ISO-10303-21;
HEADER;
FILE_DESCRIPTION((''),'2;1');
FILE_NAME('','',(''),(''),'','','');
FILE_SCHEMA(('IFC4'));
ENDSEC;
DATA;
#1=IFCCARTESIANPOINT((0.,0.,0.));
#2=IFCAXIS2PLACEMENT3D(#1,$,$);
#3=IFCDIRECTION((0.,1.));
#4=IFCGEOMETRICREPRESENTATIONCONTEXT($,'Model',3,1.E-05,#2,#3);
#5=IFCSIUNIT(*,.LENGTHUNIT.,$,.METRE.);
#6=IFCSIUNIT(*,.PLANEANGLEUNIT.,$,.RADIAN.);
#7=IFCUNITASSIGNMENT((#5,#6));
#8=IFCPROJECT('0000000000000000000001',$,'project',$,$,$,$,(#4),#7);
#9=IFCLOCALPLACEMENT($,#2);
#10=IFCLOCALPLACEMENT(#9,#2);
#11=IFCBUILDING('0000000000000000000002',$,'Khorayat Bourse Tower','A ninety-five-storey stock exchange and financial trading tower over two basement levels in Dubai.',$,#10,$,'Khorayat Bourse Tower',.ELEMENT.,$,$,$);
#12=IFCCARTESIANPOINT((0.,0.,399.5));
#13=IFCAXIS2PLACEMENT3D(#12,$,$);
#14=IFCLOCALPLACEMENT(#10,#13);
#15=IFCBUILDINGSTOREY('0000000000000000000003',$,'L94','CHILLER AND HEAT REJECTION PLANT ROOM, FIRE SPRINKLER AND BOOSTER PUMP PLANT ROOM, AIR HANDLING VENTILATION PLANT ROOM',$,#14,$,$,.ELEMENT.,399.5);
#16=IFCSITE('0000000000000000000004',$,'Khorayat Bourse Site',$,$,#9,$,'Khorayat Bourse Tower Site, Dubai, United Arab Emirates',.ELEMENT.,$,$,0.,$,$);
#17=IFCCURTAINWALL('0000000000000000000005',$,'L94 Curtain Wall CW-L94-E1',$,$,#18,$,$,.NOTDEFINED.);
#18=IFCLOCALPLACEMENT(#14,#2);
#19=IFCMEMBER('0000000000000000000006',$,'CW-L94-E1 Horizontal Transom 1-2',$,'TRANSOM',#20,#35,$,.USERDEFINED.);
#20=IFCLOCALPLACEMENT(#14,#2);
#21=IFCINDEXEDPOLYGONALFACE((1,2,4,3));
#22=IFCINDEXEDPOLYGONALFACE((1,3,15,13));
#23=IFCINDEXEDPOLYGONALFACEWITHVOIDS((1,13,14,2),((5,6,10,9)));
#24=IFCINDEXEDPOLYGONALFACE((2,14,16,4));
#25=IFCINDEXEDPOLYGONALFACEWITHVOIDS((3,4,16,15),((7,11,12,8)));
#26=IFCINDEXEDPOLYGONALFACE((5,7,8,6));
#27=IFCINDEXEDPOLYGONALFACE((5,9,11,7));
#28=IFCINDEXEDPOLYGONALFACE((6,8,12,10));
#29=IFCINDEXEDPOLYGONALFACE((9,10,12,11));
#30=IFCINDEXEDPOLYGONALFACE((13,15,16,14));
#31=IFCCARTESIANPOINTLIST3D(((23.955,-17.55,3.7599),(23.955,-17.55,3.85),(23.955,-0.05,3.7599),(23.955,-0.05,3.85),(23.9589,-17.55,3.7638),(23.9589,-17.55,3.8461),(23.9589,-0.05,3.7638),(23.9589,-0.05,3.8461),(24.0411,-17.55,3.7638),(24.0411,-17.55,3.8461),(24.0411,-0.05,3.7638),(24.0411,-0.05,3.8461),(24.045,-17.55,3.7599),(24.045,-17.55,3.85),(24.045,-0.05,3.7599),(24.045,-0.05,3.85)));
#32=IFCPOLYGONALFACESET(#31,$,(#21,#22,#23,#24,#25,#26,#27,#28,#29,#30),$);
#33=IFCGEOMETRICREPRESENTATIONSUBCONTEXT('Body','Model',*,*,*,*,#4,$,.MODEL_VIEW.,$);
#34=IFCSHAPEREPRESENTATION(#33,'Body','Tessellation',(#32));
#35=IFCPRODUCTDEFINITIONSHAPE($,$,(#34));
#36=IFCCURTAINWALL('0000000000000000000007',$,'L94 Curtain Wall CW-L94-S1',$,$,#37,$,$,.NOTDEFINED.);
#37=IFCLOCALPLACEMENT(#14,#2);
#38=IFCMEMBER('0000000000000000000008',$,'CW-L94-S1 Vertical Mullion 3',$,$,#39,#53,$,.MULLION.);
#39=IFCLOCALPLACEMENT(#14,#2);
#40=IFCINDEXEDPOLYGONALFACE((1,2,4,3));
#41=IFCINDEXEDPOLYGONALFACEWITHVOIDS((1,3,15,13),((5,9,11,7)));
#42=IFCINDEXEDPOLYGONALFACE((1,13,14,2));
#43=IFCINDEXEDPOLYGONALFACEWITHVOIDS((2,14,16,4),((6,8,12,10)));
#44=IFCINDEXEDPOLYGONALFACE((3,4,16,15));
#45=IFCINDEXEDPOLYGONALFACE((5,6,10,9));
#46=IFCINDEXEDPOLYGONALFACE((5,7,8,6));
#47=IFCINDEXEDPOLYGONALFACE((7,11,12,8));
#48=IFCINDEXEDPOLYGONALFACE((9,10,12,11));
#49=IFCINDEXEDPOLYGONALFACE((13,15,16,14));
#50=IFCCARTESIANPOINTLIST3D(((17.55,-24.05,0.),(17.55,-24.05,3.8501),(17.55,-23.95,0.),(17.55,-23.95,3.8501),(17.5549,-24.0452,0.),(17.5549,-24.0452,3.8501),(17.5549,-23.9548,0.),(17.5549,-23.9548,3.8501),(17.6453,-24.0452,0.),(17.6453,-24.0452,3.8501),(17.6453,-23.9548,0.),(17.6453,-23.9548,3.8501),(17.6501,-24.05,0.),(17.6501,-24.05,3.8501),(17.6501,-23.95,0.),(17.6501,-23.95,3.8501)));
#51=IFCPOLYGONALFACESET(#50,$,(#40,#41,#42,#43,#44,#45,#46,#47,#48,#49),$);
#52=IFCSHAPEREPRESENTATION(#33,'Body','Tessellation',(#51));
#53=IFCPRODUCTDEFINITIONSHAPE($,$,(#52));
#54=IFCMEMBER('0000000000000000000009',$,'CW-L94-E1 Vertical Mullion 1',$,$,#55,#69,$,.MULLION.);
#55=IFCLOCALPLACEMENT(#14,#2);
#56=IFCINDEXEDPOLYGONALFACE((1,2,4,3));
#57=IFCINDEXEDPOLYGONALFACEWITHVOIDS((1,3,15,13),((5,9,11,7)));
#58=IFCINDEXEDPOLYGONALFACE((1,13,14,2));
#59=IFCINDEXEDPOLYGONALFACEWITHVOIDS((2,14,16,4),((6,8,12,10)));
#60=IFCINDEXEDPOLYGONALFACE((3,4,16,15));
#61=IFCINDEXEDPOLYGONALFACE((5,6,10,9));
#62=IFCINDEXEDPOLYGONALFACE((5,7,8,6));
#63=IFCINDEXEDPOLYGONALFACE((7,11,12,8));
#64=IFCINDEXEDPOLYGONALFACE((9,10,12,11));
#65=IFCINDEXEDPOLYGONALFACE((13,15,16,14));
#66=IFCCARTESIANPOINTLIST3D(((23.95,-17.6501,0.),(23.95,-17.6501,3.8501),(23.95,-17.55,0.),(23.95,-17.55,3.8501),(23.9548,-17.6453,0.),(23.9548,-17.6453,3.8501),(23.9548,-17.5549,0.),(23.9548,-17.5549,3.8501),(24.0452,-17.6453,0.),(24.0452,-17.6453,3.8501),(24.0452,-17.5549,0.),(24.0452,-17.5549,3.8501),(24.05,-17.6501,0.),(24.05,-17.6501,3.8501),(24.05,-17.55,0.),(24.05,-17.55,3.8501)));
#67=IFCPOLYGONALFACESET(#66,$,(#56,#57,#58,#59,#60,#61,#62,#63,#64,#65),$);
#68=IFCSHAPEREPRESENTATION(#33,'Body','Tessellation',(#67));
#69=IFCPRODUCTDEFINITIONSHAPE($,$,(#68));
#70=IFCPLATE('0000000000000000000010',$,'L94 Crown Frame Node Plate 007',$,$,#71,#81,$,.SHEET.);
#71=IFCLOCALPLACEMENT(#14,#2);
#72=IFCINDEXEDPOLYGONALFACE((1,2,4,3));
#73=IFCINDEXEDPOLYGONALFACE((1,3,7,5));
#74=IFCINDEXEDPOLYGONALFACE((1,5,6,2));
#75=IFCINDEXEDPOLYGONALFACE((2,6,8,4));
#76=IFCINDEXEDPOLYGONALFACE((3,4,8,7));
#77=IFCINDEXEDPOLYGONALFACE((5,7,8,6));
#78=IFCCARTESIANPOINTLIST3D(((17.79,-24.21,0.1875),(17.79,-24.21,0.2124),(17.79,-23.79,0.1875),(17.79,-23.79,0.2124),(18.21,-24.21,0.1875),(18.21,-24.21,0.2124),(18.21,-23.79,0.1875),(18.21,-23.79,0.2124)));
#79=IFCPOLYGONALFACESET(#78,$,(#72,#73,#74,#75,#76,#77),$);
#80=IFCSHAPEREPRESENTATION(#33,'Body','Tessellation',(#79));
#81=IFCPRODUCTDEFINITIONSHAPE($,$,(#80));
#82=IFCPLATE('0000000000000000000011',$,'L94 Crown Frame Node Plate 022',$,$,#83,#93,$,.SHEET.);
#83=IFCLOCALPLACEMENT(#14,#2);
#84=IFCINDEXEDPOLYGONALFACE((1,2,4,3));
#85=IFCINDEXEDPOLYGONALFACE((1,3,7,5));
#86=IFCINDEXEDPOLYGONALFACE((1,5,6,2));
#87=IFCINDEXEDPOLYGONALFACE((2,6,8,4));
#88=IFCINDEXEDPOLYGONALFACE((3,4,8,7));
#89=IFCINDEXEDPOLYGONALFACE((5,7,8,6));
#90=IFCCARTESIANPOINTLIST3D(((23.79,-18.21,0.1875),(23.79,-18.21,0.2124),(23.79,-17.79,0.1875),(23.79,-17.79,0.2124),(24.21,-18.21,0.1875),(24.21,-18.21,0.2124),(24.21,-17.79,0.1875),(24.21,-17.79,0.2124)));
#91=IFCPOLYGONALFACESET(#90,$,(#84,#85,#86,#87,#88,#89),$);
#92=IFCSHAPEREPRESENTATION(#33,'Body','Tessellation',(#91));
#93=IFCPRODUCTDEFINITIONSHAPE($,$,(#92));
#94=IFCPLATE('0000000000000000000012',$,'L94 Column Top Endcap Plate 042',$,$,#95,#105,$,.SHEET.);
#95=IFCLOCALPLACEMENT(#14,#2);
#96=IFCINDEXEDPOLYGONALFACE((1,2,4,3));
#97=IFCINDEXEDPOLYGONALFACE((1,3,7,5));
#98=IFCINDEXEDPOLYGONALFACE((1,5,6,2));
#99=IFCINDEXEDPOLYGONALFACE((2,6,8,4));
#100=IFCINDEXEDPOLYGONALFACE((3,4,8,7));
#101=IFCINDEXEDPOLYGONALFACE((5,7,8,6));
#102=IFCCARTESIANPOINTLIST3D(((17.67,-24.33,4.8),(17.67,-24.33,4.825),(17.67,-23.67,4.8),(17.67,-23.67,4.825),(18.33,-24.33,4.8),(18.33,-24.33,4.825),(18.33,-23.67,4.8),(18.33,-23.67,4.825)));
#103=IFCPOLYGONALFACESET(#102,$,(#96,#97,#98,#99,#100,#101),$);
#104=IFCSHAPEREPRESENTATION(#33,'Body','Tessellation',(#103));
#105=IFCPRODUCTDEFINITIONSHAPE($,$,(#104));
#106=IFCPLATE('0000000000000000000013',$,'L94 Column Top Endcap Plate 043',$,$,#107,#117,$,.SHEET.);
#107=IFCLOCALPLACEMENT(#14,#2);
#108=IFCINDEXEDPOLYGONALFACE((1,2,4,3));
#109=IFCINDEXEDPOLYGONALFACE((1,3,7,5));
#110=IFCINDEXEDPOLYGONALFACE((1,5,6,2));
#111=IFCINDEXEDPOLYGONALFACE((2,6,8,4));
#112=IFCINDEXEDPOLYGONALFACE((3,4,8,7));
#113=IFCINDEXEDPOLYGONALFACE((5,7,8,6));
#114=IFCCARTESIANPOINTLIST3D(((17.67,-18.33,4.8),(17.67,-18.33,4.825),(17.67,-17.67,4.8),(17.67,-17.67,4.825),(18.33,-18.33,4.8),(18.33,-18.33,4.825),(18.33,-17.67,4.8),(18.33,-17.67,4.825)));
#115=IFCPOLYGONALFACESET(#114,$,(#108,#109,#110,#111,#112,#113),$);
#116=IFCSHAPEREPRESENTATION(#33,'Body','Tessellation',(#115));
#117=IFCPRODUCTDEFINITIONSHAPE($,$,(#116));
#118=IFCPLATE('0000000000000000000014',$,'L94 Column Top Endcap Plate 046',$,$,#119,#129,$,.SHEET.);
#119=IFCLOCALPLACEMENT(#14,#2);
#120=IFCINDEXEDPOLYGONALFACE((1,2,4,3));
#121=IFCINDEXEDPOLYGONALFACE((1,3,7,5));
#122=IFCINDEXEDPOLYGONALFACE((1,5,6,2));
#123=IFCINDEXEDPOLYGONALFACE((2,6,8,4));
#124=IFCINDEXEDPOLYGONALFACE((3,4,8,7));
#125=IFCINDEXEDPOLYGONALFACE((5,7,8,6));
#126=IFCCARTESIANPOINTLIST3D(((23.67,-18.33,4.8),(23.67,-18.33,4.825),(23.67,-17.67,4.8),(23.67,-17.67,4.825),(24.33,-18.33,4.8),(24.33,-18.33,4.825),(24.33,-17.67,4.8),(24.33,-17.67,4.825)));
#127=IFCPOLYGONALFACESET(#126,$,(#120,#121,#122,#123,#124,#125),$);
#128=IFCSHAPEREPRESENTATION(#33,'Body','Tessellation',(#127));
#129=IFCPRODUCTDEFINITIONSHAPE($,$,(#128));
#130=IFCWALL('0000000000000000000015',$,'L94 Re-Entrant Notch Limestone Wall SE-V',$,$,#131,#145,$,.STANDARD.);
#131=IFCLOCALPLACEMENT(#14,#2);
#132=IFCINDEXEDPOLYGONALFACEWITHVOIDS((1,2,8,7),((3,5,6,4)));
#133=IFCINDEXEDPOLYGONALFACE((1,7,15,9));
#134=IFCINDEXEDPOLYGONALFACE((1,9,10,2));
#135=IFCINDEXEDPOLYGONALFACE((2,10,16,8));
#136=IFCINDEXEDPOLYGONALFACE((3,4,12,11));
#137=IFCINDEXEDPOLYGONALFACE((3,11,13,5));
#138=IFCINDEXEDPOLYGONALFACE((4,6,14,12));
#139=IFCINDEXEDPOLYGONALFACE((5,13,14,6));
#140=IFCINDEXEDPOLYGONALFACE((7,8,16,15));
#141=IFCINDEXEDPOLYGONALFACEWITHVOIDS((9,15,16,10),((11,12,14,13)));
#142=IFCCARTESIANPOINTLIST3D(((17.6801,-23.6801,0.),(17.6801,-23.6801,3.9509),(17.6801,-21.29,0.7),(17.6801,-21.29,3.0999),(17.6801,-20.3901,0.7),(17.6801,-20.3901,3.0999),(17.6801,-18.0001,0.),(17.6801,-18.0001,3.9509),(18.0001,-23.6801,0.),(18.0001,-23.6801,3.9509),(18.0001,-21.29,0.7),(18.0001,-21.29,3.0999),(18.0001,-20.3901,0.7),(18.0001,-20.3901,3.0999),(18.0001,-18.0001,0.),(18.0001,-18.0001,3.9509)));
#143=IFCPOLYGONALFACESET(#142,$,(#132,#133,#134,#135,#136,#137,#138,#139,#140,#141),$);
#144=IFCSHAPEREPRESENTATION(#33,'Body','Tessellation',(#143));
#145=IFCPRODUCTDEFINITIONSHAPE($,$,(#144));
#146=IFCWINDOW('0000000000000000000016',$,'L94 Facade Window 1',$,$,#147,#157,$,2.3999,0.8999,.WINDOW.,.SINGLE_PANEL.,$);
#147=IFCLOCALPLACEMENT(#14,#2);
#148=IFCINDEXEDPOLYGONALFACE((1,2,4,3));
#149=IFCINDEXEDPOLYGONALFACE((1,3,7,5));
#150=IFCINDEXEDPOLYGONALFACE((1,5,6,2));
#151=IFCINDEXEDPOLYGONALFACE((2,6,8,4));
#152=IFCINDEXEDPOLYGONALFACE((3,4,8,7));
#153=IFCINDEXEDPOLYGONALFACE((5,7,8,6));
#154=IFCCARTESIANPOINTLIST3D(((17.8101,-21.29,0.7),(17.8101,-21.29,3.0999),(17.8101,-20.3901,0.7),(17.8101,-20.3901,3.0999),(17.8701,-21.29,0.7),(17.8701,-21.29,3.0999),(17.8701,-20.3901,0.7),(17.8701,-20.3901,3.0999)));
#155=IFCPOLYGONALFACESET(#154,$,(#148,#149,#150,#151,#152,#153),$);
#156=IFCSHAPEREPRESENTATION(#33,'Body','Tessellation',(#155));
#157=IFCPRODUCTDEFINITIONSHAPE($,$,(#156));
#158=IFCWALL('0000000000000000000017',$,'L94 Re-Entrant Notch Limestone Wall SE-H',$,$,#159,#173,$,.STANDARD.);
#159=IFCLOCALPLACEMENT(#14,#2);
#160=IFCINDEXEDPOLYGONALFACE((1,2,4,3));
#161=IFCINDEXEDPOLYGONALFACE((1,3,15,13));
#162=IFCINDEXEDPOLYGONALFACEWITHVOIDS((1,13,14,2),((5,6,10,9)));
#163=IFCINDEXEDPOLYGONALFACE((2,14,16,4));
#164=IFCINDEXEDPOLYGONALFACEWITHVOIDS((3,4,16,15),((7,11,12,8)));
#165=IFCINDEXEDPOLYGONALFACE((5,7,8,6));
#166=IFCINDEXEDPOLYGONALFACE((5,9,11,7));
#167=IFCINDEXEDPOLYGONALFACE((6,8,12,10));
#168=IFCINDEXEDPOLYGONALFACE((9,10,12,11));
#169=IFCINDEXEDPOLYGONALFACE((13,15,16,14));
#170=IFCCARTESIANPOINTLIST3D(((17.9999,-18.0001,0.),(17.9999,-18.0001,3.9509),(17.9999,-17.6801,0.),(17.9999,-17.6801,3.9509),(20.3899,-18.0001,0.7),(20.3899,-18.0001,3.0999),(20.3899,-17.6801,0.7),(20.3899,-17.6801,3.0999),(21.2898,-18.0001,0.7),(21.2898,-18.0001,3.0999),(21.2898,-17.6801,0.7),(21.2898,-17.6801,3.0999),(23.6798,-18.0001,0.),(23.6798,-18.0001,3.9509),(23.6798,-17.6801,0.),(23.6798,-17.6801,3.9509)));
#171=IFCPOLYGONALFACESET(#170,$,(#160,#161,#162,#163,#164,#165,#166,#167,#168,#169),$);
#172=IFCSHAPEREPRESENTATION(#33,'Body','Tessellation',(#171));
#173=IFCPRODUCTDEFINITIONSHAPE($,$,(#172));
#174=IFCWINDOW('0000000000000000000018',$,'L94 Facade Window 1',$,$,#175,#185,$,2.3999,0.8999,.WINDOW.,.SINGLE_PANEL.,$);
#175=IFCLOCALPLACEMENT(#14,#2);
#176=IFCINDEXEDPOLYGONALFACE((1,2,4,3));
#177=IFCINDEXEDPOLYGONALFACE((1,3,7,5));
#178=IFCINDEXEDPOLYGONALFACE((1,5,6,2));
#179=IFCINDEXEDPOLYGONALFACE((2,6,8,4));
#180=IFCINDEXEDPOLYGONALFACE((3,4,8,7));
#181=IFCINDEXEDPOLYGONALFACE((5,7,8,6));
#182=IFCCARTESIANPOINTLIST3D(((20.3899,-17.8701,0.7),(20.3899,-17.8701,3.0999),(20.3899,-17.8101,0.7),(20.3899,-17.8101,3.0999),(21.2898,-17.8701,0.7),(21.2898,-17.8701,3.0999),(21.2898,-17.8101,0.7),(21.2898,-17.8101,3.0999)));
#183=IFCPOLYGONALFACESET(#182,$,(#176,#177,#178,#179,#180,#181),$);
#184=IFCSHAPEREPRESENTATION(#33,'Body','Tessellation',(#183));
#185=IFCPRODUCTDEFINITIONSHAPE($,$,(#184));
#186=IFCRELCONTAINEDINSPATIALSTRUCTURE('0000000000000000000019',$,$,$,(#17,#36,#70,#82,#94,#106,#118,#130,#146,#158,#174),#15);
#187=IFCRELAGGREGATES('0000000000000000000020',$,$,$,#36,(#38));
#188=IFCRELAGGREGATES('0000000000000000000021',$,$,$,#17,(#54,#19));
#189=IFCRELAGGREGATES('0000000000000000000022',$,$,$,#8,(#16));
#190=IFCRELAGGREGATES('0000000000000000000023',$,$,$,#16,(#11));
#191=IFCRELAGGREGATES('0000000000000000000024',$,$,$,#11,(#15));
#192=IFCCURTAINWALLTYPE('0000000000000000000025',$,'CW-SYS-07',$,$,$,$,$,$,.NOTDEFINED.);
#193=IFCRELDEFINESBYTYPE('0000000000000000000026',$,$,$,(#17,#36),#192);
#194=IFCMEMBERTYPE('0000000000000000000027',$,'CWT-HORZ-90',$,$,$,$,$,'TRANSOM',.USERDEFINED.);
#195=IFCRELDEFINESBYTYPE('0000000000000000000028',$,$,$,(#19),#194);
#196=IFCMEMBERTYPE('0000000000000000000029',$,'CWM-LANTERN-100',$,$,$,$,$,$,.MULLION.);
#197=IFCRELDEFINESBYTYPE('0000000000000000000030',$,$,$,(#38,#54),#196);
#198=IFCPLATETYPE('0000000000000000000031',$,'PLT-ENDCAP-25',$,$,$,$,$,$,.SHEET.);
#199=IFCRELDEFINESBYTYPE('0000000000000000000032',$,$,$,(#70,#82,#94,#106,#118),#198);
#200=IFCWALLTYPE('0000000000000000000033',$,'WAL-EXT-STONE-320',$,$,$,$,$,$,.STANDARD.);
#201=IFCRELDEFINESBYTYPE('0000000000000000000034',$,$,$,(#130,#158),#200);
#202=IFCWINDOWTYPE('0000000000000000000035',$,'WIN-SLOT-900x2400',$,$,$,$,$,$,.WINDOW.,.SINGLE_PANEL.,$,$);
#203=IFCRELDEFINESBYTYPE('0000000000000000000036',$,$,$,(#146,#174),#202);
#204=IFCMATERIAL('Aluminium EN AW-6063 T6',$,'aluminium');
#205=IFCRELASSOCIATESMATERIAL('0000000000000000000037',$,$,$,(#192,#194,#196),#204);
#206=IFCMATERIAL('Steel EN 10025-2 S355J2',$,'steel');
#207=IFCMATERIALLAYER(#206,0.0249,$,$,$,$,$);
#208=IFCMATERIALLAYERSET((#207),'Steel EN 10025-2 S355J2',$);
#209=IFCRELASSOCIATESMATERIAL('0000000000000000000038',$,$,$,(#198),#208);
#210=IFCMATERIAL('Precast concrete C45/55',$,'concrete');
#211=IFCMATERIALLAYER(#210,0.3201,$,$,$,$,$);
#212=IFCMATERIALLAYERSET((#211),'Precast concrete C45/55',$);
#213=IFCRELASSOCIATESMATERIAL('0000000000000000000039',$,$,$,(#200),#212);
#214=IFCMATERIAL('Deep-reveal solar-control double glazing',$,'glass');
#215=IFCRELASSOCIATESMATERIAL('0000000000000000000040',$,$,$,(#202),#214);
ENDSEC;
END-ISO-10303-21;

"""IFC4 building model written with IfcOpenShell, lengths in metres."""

from ifc_helpers import new_model, si_unit, direction, frame, frame_2d, origin, origin_2d, place, context, subcontext, project, spatial, rectangle, hollow_rectangle, extrude, source, transform, mapped, material, layer, layer_set, material_profile, profile_set, type_object, element, fill, aggregate, save


model = new_model("IFC4")

# Units and contexts
model_context = context("Model", 3, precision=1e-05, world=origin(), true_north=direction((0.0, 1.0)))
body_context = subcontext(model_context, "Body", "Model", "MODEL_VIEW")
ifc_project = project(units=[si_unit("LENGTHUNIT", "METRE"), si_unit("PLANEANGLEUNIT", "RADIAN")], contexts=[model_context])

# Site, building, storey
site_placement = place(None, origin())
site = spatial("IfcSite", under=ifc_project, at=site_placement, Name="Khorayat Bourse Site", LongName="Khorayat Bourse Tower Site, Dubai, United Arab Emirates", CompositionType="ELEMENT", RefElevation=0.0)
building_placement = place(site_placement, origin())
building = spatial("IfcBuilding", under=site, at=building_placement, Name="Khorayat Bourse Tower", Description="A ninety-five-storey stock exchange and financial trading tower over two basement levels in Dubai.", LongName="Khorayat Bourse Tower", CompositionType="ELEMENT")
storey_placement = place(building_placement, frame((0.0, 0.0, 399.5)))
storey = spatial("IfcBuildingStorey", under=building, at=storey_placement, Name="L94", Description="CHILLER AND HEAT REJECTION PLANT ROOM, FIRE SPRINKLER AND BOOSTER PUMP PLANT ROOM, AIR HANDLING VENTILATION PLANT ROOM", CompositionType="ELEMENT", Elevation=399.5)

# Shared definitions
ifc_material_1 = material(Name="Steel EN 10025-2 S355J2", Category="steel")

# Curtain wall, member
ifc_material_2 = material(Name="Aluminium EN AW-6063 T6", Category="aluminium")
curtain_wall_type = type_object("IfcCurtainWallType", Name="CW-SYS-07", PredefinedType="NOTDEFINED", material=ifc_material_2)
curtain_wall_1_placement = place(storey_placement, origin())
curtain_wall_1 = element("IfcCurtainWall", 1, at=curtain_wall_1_placement, inside=storey, type_object=curtain_wall_type, Name="L94 Curtain Wall CW-L94-E1", PredefinedType="NOTDEFINED")
ifc_material_profile_1 = material_profile(ifc_material_2, hollow_rectangle(XDim=0.0901, YDim=0.0901, WallThickness=0.0039, at=origin_2d()), Name="ALU 90x90x4")
ifc_profile_set_1 = profile_set([ifc_material_profile_1], Name="Aluminium EN AW-6063 T6")
member_type_1 = type_object("IfcMemberType", Name="CWT-HORZ-90", ElementType="TRANSOM", PredefinedType="USERDEFINED", material=ifc_profile_set_1)
shared_shape_1 = source(origin(), body_context, "Body", "SweptSolid", [
    extrude(hollow_rectangle(XDim=0.0901, YDim=0.0901, WallThickness=0.0039, at=origin_2d()), origin(), (0.0, 0.0, 1.0), 17.5),
])
member_1_placement = place(storey_placement, frame((24.0, -17.55, 3.8049), z_axis=(0.0, 1.0, 0.0), x_axis=(-1.0, 0.0, 0.0)))
member_1 = element("IfcMember", 2, at=member_1_placement, type_object=member_type_1, Name="CW-L94-E1 Horizontal Transom 1-2", ObjectType="TRANSOM", PredefinedType="USERDEFINED", context=body_context, shape_type="MappedRepresentation", body=[
    mapped(shared_shape_1, transform((0.0, 0.0, 0.0), scale=1.0)),
])

# Curtain wall, member
curtain_wall_2_placement = place(storey_placement, origin())
curtain_wall_2 = element("IfcCurtainWall", 3, at=curtain_wall_2_placement, inside=storey, type_object=curtain_wall_type, Name="L94 Curtain Wall CW-L94-S1", PredefinedType="NOTDEFINED")
ifc_material_profile_2 = material_profile(ifc_material_2, hollow_rectangle(XDim=0.1001, YDim=0.1001, WallThickness=0.0049, at=origin_2d()), Name="ALU 100x100x5")
ifc_profile_set_2 = profile_set([ifc_material_profile_2], Name="Aluminium EN AW-6063 T6")
member_type_2 = type_object("IfcMemberType", Name="CWM-LANTERN-100", PredefinedType="MULLION", material=ifc_profile_set_2)
shared_shape_2 = source(origin(), body_context, "Body", "SweptSolid", [
    extrude(hollow_rectangle(XDim=0.1001, YDim=0.1001, WallThickness=0.0049, at=origin_2d()), origin(), (0.0, 0.0, 1.0), 3.8501),
])
member_2_placement = place(storey_placement, frame((17.6001, -24.0, 0.0), z_axis=(0.0, 0.0, 1.0), x_axis=(0.0, 1.0, 0.0)))
member_2 = element("IfcMember", 4, at=member_2_placement, type_object=member_type_2, Name="CW-L94-S1 Vertical Mullion 3", PredefinedType="MULLION", context=body_context, shape_type="MappedRepresentation", body=[
    mapped(shared_shape_2, transform((0.0, 0.0, 0.0), scale=1.0)),
])
aggregate(curtain_wall_2, [member_2])

# Member
member_3_placement = place(storey_placement, frame((24.0, -17.6001, 0.0), z_axis=(0.0, 0.0, 1.0), x_axis=(-1.0, 0.0, 0.0)))
member_3 = element("IfcMember", 5, at=member_3_placement, type_object=member_type_2, Name="CW-L94-E1 Vertical Mullion 1", PredefinedType="MULLION", context=body_context, shape_type="MappedRepresentation", body=[
    mapped(shared_shape_2, transform((0.0, 0.0, 0.0), scale=1.0)),
])
aggregate(curtain_wall_1, [member_3, member_1])

# Plates
ifc_layer_1 = layer(ifc_material_1, 0.0249)
ifc_layer_set_1 = layer_set([ifc_layer_1], Name="Steel EN 10025-2 S355J2")
plate_type = type_object("IfcPlateType", Name="PLT-ENDCAP-25", PredefinedType="SHEET", material=ifc_layer_set_1)
shared_shape_3 = source(origin(), body_context, "Body", "SweptSolid", [
    extrude(rectangle(XDim=0.4199, YDim=0.4199, at=origin_2d()), origin(), (0.0, 0.0, 1.0), 0.0249),
])
for number, where, z_axis, x_axis, name in (
    (6, (18.0, -24.0, 0.1875), (0.0, 0.0, 1.0), (1.0, 0.0, 0.0), "L94 Crown Frame Node Plate 007"),
    (7, (24.0, -18.0, 0.1875), (0.0, 0.0, 1.0), (1.0, 0.0, 0.0), "L94 Crown Frame Node Plate 022"),
):
    element("IfcPlate", number, at=place(storey_placement, frame(where, z_axis=z_axis, x_axis=x_axis)), inside=storey, type_object=plate_type, Name=name, PredefinedType="SHEET", context=body_context, shape_type="MappedRepresentation", body=[
        mapped(shared_shape_3, transform((0.0, 0.0, 0.0), scale=1.0)),
    ])
shared_shape_4 = source(origin(), body_context, "Body", "SweptSolid", [
    extrude(rectangle(XDim=0.6599, YDim=0.6599, at=origin_2d()), origin(), (0.0, 0.0, 1.0), 0.0249),
])
for number, where, z_axis, x_axis, name in (
    (8, (18.0, -24.0, 4.8), (0.0, 0.0, 1.0), (1.0, 0.0, 0.0), "L94 Column Top Endcap Plate 042"),
    (9, (18.0, -18.0, 4.8), (0.0, 0.0, 1.0), (1.0, 0.0, 0.0), "L94 Column Top Endcap Plate 043"),
    (10, (24.0, -18.0, 4.8), (0.0, 0.0, 1.0), (1.0, 0.0, 0.0), "L94 Column Top Endcap Plate 046"),
):
    element("IfcPlate", number, at=place(storey_placement, frame(where, z_axis=z_axis, x_axis=x_axis)), inside=storey, type_object=plate_type, Name=name, PredefinedType="SHEET", context=body_context, shape_type="MappedRepresentation", body=[
        mapped(shared_shape_4, transform((0.0, 0.0, 0.0), scale=1.0)),
    ])

# Walls, openings, windows
ifc_material_3 = material(Name="Precast concrete C45/55", Category="concrete")
ifc_layer_2 = layer(ifc_material_3, 0.3201)
ifc_layer_set_2 = layer_set([ifc_layer_2], Name="Precast concrete C45/55")
wall_type = type_object("IfcWallType", Name="WAL-EXT-STONE-320", PredefinedType="STANDARD", material=ifc_layer_set_2)
shared_shape_5 = source(origin(), body_context, "Body", "SweptSolid", [
    extrude(rectangle(XDim=5.6799, YDim=0.3201, at=frame_2d((2.8398, 0.0))), origin(), (0.0, 0.0, 1.0), 3.9509),
])
wall_1_placement = place(storey_placement, frame((17.8401, -23.6799, 0.0), z_axis=(0.0, 0.0, 1.0), x_axis=(0.0, 1.0, 0.0)))
wall_1 = element("IfcWall", 11, at=wall_1_placement, inside=storey, type_object=wall_type, Name="L94 Re-Entrant Notch Limestone Wall SE-V", PredefinedType="STANDARD", context=body_context, shape_type="MappedRepresentation", body=[
    mapped(shared_shape_5, transform((0.0, 0.0, 0.0), scale=1.0)),
])
shared_shape_6 = source(origin(), body_context, "Body", "SweptSolid", [
    extrude(rectangle(XDim=0.8999, YDim=2.3999, at=frame_2d((0.45, 1.2))), frame((0.0, 0.1699, 0.0), z_axis=(0.0, -1.0, 0.0), x_axis=(1.0, 0.0, 0.0)), (0.0, 0.0, 1.0), 0.3401),
])
opening_1_placement = place(wall_1_placement, frame((2.3899, 0.0, 0.7)))
opening_1 = element("IfcOpeningElement", 12, at=opening_1_placement, cuts=wall_1, PredefinedType="OPENING", context=body_context, shape_type="MappedRepresentation", body=[
    mapped(shared_shape_6, transform((0.0, 0.0, 0.0), scale=1.0)),
])
ifc_material_4 = material(Name="Deep-reveal solar-control double glazing", Category="glass")
window_type = type_object("IfcWindowType", Name="WIN-SLOT-900x2400", PartitioningType="SINGLE_PANEL", PredefinedType="WINDOW", material=ifc_material_4)
shared_shape_7 = source(origin(), body_context, "Body", "SweptSolid", [
    extrude(rectangle(XDim=0.8999, YDim=2.3999, at=frame_2d((0.45, 1.2))), frame((0.0, 0.03, 0.0), z_axis=(0.0, -1.0, 0.0), x_axis=(1.0, 0.0, 0.0)), (0.0, 0.0, 1.0), 0.0601),
])
window_1_placement = place(opening_1_placement, origin())
window_1 = element("IfcWindow", 13, at=window_1_placement, inside=storey, type_object=window_type, Name="L94 Facade Window 1", OverallHeight=2.3999, OverallWidth=0.8999, PartitioningType="SINGLE_PANEL", PredefinedType="WINDOW", context=body_context, shape_type="MappedRepresentation", body=[
    mapped(shared_shape_7, transform((0.0, 0.0, 0.0), scale=1.0)),
])
fill(opening_1, window_1)
wall_2_placement = place(storey_placement, frame((18.0, -17.8401, 0.0), z_axis=(0.0, 0.0, 1.0), x_axis=(1.0, 0.0, 0.0)))
wall_2 = element("IfcWall", 14, at=wall_2_placement, inside=storey, type_object=wall_type, Name="L94 Re-Entrant Notch Limestone Wall SE-H", PredefinedType="STANDARD", context=body_context, shape_type="MappedRepresentation", body=[
    mapped(shared_shape_5, transform((0.0, 0.0, 0.0), scale=1.0)),
])
opening_2_placement = place(wall_2_placement, frame((2.3899, 0.0, 0.7)))
opening_2 = element("IfcOpeningElement", 15, at=opening_2_placement, cuts=wall_2, PredefinedType="OPENING", context=body_context, shape_type="MappedRepresentation", body=[
    mapped(shared_shape_6, transform((0.0, 0.0, 0.0), scale=1.0)),
])
window_2_placement = place(opening_2_placement, origin())
window_2 = element("IfcWindow", 16, at=window_2_placement, inside=storey, type_object=window_type, Name="L94 Facade Window 1", OverallHeight=2.3999, OverallWidth=0.8999, PartitioningType="SINGLE_PANEL", PredefinedType="WINDOW", context=body_context, shape_type="MappedRepresentation", body=[
    mapped(shared_shape_7, transform((0.0, 0.0, 0.0), scale=1.0)),
])
fill(opening_2, window_2)

save(model, "model.ifc")
